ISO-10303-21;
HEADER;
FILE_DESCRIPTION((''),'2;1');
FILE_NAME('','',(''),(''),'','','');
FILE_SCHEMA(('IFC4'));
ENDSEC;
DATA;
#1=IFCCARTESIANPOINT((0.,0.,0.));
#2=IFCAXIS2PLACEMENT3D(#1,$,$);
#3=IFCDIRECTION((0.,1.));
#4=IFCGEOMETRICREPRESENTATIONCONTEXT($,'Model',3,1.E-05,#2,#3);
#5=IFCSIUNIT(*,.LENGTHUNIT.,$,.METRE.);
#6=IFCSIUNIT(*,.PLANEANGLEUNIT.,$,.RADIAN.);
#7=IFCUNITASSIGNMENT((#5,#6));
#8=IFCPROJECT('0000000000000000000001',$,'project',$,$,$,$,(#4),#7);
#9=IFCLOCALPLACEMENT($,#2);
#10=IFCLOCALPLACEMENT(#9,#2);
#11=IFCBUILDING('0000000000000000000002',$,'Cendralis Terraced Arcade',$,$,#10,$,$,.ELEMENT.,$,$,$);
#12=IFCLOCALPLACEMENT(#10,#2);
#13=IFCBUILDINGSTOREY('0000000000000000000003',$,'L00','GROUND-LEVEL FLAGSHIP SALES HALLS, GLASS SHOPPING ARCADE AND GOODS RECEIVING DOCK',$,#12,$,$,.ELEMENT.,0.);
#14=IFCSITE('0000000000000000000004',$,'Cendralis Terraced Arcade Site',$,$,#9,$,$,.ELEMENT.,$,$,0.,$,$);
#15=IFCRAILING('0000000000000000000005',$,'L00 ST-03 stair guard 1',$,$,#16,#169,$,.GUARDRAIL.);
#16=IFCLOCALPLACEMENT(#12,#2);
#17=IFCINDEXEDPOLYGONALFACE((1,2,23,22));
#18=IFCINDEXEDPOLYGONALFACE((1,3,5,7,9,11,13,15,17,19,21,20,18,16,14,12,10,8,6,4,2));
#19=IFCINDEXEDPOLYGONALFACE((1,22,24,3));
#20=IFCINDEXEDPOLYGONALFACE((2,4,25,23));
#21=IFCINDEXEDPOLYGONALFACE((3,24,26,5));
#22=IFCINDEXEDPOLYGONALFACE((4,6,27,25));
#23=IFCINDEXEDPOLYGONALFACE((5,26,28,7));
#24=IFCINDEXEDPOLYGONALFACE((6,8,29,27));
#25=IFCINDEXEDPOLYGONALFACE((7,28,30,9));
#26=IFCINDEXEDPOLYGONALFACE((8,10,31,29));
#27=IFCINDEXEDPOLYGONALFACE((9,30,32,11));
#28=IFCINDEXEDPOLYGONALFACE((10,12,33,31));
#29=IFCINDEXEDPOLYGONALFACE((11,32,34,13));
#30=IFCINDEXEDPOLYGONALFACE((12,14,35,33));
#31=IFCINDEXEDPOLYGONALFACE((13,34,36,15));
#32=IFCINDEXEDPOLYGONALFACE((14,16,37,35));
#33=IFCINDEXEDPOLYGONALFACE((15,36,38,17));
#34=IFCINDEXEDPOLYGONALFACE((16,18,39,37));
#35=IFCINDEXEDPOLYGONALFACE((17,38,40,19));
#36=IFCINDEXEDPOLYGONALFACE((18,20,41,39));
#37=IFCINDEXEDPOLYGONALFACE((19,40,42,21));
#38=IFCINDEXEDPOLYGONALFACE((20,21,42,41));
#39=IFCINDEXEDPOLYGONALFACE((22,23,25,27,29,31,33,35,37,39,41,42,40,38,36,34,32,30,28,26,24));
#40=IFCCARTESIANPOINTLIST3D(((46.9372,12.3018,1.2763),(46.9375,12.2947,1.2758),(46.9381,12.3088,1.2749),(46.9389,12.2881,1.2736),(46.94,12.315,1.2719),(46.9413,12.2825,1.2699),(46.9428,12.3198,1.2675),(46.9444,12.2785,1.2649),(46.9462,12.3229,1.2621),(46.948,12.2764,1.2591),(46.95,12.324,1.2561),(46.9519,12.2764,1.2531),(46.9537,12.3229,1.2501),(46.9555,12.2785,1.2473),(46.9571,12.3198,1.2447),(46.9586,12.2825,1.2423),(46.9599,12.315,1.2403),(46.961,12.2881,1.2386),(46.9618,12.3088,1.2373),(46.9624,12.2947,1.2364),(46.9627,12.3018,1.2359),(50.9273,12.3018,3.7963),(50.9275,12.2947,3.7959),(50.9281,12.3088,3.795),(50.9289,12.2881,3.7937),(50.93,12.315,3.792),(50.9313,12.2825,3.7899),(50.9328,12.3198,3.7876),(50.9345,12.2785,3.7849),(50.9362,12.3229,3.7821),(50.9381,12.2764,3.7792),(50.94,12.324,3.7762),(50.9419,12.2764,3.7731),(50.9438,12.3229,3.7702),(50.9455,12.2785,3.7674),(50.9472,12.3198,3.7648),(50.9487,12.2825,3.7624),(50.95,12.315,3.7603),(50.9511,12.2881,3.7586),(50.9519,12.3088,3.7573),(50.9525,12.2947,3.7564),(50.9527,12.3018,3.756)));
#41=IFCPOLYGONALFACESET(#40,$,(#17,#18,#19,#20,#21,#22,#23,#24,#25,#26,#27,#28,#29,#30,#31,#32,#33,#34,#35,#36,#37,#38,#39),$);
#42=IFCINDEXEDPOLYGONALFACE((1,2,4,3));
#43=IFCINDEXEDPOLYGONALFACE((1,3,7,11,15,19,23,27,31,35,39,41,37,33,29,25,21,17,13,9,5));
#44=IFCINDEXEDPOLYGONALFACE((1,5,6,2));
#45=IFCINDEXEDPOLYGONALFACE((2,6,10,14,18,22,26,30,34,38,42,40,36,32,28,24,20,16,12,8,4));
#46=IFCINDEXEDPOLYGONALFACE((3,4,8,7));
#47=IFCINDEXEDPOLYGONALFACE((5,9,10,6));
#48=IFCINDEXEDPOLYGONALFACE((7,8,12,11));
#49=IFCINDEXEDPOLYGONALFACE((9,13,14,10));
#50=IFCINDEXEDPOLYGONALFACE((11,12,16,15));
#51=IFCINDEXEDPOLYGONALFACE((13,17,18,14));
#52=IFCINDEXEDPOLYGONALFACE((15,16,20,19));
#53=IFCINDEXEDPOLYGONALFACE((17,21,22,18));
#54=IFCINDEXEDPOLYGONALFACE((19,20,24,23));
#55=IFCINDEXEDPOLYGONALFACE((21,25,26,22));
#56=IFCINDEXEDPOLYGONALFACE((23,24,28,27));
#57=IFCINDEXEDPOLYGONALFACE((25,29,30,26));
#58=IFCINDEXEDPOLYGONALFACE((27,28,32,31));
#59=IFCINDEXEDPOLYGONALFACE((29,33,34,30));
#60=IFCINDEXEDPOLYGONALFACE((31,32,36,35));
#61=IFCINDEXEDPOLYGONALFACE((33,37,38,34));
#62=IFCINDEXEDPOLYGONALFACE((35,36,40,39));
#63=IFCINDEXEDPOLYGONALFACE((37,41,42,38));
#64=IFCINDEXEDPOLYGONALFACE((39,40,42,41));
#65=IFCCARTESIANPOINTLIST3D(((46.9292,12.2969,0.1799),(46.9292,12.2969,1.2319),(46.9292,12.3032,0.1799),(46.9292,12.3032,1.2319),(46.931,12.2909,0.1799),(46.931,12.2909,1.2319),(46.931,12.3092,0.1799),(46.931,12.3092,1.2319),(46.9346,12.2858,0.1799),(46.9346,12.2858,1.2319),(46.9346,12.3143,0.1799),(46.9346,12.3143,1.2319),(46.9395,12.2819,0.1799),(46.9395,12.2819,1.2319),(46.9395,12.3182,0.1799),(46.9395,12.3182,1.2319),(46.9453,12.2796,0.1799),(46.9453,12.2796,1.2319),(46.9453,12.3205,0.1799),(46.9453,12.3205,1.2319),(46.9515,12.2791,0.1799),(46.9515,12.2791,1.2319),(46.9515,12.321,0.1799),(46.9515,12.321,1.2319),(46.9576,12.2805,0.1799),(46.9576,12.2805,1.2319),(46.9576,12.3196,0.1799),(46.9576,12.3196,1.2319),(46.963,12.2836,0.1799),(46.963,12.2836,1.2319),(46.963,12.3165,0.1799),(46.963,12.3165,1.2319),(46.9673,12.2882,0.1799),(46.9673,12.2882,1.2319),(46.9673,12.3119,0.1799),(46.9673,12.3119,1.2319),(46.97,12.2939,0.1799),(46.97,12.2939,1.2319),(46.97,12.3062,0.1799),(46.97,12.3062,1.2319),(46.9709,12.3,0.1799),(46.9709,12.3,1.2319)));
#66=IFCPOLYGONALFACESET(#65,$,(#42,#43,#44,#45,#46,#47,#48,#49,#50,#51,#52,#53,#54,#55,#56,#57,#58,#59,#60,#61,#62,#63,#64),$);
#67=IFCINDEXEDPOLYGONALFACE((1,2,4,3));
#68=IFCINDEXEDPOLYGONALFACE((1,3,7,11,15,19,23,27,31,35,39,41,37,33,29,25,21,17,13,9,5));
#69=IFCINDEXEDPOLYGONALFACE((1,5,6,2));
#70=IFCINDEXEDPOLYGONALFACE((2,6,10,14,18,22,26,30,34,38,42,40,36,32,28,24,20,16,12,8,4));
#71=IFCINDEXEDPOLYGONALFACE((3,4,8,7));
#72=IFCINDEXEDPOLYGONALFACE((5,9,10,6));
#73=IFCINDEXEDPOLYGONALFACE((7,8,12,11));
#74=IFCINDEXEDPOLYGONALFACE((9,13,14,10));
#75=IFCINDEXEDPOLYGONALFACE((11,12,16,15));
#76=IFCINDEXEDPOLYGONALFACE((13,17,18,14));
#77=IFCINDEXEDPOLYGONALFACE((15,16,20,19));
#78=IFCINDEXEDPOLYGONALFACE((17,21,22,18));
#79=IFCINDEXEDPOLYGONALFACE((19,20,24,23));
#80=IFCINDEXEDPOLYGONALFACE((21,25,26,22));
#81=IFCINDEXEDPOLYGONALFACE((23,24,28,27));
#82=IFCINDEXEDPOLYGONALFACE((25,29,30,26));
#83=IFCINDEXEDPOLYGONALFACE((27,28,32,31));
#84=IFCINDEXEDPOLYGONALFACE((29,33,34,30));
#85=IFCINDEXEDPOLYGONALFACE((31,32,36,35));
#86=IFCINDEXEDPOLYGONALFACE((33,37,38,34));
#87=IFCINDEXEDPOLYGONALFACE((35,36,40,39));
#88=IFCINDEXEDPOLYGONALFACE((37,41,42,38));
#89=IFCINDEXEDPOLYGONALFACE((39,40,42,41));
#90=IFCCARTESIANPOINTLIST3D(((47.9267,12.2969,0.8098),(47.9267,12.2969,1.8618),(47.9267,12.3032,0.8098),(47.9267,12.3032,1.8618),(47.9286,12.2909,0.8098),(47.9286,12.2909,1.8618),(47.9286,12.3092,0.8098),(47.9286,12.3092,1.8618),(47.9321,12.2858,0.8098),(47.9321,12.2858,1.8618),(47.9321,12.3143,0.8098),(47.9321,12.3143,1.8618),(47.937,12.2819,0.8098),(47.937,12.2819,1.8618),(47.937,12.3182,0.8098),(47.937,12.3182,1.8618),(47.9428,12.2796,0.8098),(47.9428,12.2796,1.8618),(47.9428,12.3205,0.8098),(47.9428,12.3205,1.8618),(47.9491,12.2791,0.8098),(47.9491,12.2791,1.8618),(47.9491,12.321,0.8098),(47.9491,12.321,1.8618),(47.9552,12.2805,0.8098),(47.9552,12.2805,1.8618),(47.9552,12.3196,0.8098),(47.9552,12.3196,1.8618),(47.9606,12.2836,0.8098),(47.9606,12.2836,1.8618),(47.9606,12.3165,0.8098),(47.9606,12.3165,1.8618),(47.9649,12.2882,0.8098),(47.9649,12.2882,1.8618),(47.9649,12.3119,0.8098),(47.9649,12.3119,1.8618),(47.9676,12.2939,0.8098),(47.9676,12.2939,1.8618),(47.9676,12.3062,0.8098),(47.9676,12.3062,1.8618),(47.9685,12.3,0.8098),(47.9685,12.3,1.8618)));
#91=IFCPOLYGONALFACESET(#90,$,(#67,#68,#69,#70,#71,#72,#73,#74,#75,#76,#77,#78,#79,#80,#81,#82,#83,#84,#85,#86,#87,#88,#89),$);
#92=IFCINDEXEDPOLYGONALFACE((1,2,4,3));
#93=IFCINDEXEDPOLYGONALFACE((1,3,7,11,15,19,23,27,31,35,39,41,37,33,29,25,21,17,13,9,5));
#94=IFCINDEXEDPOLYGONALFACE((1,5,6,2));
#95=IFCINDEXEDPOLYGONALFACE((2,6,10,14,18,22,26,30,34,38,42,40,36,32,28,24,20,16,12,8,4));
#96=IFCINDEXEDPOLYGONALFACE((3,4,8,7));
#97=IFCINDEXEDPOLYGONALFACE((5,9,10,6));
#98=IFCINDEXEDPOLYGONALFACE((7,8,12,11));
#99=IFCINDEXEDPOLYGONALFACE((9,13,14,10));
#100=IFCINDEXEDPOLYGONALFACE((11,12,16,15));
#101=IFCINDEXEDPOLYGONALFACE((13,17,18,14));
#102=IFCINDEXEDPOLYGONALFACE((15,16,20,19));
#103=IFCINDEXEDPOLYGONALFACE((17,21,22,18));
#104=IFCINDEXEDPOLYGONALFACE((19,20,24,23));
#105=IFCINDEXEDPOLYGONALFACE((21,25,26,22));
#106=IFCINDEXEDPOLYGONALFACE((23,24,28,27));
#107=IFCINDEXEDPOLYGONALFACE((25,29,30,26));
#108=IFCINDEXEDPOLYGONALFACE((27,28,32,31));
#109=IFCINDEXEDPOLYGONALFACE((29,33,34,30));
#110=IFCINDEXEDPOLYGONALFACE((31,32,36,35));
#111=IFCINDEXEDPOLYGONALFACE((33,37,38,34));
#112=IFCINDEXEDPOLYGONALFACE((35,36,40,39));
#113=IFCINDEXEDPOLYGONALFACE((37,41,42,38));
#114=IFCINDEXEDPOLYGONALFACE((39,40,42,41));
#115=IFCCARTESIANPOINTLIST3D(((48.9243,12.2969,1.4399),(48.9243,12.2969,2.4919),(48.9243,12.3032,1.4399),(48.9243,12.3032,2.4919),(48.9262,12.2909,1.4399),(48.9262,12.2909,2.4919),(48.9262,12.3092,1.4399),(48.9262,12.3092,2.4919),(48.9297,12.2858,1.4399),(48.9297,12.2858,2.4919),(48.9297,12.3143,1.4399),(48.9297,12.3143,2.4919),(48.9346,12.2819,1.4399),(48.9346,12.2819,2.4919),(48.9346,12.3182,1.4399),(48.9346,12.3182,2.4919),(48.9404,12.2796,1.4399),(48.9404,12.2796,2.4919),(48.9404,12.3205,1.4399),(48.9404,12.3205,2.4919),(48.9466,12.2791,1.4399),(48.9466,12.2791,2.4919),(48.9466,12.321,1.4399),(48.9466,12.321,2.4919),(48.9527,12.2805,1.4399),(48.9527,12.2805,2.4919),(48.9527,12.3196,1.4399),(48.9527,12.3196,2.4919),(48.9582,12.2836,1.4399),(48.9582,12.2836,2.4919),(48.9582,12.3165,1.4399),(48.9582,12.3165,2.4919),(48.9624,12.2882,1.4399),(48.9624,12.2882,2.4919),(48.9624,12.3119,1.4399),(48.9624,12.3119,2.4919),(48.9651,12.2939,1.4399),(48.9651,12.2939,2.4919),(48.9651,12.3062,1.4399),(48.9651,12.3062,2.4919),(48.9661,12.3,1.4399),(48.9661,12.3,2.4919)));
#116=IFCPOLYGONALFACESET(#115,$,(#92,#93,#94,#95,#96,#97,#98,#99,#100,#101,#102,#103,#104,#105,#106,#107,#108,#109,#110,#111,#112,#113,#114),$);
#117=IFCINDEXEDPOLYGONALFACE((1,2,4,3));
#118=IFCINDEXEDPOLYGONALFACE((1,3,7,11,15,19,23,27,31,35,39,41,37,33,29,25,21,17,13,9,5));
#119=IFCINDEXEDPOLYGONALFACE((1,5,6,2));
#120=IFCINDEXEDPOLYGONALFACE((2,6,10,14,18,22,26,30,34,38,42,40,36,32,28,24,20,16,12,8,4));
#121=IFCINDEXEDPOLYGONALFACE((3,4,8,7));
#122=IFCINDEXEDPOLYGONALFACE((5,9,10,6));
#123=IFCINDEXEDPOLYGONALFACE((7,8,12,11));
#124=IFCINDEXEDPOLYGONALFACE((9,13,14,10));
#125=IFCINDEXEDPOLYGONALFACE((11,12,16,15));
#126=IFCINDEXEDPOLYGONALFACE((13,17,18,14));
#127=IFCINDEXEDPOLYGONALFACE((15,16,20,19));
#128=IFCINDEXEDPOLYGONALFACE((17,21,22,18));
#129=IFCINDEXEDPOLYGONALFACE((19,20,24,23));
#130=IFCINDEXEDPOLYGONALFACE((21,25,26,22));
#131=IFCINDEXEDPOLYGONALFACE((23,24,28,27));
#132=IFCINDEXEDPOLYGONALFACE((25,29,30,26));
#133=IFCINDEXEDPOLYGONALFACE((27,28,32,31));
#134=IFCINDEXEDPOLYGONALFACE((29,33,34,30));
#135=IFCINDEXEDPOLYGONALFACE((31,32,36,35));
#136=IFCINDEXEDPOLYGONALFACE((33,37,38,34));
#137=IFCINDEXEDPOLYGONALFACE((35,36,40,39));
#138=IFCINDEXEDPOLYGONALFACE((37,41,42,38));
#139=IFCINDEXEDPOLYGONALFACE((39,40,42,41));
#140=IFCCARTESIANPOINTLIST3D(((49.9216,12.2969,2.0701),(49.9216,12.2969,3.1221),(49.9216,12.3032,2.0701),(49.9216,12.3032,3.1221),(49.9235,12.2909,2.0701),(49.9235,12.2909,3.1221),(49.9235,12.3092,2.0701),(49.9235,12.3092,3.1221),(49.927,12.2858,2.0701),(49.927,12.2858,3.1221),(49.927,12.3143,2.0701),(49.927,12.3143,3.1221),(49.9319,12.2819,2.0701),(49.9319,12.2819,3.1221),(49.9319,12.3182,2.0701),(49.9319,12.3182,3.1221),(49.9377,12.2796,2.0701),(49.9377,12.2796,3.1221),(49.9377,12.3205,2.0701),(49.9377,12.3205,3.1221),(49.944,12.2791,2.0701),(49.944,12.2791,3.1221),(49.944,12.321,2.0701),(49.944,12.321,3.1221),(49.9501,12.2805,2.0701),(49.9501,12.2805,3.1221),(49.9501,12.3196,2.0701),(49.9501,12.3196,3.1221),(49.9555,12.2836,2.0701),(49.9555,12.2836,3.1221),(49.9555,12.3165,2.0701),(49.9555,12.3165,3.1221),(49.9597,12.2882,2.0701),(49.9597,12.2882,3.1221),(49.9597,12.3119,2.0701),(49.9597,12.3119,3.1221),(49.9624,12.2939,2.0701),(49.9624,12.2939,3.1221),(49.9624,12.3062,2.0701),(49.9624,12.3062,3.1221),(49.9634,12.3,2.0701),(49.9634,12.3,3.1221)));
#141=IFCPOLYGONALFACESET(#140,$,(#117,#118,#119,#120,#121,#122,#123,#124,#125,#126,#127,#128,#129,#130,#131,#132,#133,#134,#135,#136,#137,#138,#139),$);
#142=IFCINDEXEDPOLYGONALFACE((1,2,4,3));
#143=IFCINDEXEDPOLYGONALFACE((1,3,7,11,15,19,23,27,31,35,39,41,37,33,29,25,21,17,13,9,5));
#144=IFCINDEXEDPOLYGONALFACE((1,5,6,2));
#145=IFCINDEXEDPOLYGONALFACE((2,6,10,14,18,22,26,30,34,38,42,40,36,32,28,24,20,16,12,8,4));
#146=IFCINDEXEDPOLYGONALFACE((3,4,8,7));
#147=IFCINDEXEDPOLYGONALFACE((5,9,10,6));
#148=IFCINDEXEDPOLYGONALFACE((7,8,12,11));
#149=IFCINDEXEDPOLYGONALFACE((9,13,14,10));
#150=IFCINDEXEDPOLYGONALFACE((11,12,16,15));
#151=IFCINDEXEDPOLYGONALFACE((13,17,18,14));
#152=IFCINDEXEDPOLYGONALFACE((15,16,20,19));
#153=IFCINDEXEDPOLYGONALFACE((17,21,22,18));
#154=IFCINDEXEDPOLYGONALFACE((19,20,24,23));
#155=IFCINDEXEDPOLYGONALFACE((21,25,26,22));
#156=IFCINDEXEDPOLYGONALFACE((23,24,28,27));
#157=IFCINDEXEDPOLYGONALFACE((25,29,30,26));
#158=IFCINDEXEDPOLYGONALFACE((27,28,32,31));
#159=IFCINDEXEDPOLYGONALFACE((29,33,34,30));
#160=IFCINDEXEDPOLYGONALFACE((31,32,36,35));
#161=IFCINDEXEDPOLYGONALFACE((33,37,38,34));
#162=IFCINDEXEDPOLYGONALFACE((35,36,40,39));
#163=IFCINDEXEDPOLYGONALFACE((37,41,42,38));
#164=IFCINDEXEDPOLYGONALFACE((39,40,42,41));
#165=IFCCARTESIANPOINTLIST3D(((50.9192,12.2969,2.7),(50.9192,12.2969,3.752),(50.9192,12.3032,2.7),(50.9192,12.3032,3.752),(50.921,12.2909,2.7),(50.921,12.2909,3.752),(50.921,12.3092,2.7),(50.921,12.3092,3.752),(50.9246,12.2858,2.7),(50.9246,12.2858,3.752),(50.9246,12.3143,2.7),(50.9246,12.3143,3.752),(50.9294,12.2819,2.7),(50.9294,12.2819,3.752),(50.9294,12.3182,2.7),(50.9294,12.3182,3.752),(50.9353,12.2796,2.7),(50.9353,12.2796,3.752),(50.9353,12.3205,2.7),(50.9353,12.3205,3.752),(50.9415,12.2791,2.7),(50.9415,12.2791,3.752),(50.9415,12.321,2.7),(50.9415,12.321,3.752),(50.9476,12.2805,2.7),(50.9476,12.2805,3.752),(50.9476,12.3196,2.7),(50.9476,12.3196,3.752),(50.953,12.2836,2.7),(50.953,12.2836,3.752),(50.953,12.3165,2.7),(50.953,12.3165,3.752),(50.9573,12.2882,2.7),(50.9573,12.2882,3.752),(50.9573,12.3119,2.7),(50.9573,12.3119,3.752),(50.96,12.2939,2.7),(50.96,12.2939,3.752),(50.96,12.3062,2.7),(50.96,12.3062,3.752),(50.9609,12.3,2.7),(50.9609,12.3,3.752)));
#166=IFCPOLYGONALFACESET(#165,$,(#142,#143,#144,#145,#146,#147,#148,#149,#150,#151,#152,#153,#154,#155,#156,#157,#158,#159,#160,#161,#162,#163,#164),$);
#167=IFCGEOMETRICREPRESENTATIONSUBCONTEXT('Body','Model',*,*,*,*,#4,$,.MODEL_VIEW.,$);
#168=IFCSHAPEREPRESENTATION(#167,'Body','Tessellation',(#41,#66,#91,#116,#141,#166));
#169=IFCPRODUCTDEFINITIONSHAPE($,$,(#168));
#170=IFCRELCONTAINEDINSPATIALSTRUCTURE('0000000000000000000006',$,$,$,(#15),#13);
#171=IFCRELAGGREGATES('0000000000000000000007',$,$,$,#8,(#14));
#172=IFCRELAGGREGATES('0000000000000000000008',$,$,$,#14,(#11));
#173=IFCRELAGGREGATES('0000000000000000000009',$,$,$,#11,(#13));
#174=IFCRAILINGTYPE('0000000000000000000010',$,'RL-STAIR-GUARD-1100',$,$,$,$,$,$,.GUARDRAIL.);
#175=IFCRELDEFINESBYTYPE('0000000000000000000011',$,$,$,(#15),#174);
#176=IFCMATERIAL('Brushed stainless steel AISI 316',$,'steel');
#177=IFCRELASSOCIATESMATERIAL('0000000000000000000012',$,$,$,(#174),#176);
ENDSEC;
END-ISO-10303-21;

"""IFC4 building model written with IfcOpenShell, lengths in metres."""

from ifc_helpers import new_model, si_unit, direction, frame, origin, origin_2d, place, context, subcontext, project, spatial, circle, extrude, material, type_object, element, save


model = new_model("IFC4")

# Units and contexts
model_context = context("Model", 3, precision=1e-05, world=origin(), true_north=direction((0.0, 1.0)))
body_context = subcontext(model_context, "Body", "Model", "MODEL_VIEW")
ifc_project = project(units=[si_unit("LENGTHUNIT", "METRE"), si_unit("PLANEANGLEUNIT", "RADIAN")], contexts=[model_context])

# Site, building, storey
site_placement = place(None, origin())
site = spatial("IfcSite", under=ifc_project, at=site_placement, Name="Cendralis Terraced Arcade Site", CompositionType="ELEMENT", RefElevation=0.0)
building_placement = place(site_placement, origin())
building = spatial("IfcBuilding", under=site, at=building_placement, Name="Cendralis Terraced Arcade", CompositionType="ELEMENT")
storey_placement = place(building_placement, origin())
storey = spatial("IfcBuildingStorey", under=building, at=storey_placement, Name="L00", Description="GROUND-LEVEL FLAGSHIP SALES HALLS, GLASS SHOPPING ARCADE AND GOODS RECEIVING DOCK", CompositionType="ELEMENT", Elevation=0.0)

# Railing
ifc_material_1 = material(Name="Brushed stainless steel AISI 316", Category="steel")
railing_type_1 = type_object("IfcRailingType", Name="RL-STAIR-GUARD-1100", PredefinedType="GUARDRAIL", material=ifc_material_1)
railing_1_placement = place(storey_placement, frame((46.95, 12.3, 0.1799)))
element("IfcRailing", 1, at=railing_1_placement, inside=storey, type_object=railing_type_1, Name="L00 ST-03 stair guard 1", PredefinedType="GUARDRAIL", context=body_context, shape_type="SweptSolid", body=[
    extrude(circle(Radius=0.0239, at=origin_2d()), frame((0.0, 0.0, 1.0762), z_axis=(0.845486, 0.0, 0.533997), x_axis=(0.0, 1.0, 0.0)), (0.0, 0.0, 1.0), 4.7192),
    extrude(circle(Radius=0.021, at=origin_2d()), origin(), (0.0, 0.0, 1.0), 1.052),
    extrude(circle(Radius=0.021, at=origin_2d()), frame((0.9976, 0.0, 0.6299)), (0.0, 0.0, 1.0), 1.052),
    extrude(circle(Radius=0.021, at=origin_2d()), frame((1.9951, 0.0, 1.26)), (0.0, 0.0, 1.0), 1.052),
    extrude(circle(Radius=0.021, at=origin_2d()), frame((2.9924, 0.0, 1.8901)), (0.0, 0.0, 1.0), 1.052),
    extrude(circle(Radius=0.021, at=origin_2d()), frame((3.99, 0.0, 2.52)), (0.0, 0.0, 1.0), 1.052),
])

save(model, "model.ifc")
